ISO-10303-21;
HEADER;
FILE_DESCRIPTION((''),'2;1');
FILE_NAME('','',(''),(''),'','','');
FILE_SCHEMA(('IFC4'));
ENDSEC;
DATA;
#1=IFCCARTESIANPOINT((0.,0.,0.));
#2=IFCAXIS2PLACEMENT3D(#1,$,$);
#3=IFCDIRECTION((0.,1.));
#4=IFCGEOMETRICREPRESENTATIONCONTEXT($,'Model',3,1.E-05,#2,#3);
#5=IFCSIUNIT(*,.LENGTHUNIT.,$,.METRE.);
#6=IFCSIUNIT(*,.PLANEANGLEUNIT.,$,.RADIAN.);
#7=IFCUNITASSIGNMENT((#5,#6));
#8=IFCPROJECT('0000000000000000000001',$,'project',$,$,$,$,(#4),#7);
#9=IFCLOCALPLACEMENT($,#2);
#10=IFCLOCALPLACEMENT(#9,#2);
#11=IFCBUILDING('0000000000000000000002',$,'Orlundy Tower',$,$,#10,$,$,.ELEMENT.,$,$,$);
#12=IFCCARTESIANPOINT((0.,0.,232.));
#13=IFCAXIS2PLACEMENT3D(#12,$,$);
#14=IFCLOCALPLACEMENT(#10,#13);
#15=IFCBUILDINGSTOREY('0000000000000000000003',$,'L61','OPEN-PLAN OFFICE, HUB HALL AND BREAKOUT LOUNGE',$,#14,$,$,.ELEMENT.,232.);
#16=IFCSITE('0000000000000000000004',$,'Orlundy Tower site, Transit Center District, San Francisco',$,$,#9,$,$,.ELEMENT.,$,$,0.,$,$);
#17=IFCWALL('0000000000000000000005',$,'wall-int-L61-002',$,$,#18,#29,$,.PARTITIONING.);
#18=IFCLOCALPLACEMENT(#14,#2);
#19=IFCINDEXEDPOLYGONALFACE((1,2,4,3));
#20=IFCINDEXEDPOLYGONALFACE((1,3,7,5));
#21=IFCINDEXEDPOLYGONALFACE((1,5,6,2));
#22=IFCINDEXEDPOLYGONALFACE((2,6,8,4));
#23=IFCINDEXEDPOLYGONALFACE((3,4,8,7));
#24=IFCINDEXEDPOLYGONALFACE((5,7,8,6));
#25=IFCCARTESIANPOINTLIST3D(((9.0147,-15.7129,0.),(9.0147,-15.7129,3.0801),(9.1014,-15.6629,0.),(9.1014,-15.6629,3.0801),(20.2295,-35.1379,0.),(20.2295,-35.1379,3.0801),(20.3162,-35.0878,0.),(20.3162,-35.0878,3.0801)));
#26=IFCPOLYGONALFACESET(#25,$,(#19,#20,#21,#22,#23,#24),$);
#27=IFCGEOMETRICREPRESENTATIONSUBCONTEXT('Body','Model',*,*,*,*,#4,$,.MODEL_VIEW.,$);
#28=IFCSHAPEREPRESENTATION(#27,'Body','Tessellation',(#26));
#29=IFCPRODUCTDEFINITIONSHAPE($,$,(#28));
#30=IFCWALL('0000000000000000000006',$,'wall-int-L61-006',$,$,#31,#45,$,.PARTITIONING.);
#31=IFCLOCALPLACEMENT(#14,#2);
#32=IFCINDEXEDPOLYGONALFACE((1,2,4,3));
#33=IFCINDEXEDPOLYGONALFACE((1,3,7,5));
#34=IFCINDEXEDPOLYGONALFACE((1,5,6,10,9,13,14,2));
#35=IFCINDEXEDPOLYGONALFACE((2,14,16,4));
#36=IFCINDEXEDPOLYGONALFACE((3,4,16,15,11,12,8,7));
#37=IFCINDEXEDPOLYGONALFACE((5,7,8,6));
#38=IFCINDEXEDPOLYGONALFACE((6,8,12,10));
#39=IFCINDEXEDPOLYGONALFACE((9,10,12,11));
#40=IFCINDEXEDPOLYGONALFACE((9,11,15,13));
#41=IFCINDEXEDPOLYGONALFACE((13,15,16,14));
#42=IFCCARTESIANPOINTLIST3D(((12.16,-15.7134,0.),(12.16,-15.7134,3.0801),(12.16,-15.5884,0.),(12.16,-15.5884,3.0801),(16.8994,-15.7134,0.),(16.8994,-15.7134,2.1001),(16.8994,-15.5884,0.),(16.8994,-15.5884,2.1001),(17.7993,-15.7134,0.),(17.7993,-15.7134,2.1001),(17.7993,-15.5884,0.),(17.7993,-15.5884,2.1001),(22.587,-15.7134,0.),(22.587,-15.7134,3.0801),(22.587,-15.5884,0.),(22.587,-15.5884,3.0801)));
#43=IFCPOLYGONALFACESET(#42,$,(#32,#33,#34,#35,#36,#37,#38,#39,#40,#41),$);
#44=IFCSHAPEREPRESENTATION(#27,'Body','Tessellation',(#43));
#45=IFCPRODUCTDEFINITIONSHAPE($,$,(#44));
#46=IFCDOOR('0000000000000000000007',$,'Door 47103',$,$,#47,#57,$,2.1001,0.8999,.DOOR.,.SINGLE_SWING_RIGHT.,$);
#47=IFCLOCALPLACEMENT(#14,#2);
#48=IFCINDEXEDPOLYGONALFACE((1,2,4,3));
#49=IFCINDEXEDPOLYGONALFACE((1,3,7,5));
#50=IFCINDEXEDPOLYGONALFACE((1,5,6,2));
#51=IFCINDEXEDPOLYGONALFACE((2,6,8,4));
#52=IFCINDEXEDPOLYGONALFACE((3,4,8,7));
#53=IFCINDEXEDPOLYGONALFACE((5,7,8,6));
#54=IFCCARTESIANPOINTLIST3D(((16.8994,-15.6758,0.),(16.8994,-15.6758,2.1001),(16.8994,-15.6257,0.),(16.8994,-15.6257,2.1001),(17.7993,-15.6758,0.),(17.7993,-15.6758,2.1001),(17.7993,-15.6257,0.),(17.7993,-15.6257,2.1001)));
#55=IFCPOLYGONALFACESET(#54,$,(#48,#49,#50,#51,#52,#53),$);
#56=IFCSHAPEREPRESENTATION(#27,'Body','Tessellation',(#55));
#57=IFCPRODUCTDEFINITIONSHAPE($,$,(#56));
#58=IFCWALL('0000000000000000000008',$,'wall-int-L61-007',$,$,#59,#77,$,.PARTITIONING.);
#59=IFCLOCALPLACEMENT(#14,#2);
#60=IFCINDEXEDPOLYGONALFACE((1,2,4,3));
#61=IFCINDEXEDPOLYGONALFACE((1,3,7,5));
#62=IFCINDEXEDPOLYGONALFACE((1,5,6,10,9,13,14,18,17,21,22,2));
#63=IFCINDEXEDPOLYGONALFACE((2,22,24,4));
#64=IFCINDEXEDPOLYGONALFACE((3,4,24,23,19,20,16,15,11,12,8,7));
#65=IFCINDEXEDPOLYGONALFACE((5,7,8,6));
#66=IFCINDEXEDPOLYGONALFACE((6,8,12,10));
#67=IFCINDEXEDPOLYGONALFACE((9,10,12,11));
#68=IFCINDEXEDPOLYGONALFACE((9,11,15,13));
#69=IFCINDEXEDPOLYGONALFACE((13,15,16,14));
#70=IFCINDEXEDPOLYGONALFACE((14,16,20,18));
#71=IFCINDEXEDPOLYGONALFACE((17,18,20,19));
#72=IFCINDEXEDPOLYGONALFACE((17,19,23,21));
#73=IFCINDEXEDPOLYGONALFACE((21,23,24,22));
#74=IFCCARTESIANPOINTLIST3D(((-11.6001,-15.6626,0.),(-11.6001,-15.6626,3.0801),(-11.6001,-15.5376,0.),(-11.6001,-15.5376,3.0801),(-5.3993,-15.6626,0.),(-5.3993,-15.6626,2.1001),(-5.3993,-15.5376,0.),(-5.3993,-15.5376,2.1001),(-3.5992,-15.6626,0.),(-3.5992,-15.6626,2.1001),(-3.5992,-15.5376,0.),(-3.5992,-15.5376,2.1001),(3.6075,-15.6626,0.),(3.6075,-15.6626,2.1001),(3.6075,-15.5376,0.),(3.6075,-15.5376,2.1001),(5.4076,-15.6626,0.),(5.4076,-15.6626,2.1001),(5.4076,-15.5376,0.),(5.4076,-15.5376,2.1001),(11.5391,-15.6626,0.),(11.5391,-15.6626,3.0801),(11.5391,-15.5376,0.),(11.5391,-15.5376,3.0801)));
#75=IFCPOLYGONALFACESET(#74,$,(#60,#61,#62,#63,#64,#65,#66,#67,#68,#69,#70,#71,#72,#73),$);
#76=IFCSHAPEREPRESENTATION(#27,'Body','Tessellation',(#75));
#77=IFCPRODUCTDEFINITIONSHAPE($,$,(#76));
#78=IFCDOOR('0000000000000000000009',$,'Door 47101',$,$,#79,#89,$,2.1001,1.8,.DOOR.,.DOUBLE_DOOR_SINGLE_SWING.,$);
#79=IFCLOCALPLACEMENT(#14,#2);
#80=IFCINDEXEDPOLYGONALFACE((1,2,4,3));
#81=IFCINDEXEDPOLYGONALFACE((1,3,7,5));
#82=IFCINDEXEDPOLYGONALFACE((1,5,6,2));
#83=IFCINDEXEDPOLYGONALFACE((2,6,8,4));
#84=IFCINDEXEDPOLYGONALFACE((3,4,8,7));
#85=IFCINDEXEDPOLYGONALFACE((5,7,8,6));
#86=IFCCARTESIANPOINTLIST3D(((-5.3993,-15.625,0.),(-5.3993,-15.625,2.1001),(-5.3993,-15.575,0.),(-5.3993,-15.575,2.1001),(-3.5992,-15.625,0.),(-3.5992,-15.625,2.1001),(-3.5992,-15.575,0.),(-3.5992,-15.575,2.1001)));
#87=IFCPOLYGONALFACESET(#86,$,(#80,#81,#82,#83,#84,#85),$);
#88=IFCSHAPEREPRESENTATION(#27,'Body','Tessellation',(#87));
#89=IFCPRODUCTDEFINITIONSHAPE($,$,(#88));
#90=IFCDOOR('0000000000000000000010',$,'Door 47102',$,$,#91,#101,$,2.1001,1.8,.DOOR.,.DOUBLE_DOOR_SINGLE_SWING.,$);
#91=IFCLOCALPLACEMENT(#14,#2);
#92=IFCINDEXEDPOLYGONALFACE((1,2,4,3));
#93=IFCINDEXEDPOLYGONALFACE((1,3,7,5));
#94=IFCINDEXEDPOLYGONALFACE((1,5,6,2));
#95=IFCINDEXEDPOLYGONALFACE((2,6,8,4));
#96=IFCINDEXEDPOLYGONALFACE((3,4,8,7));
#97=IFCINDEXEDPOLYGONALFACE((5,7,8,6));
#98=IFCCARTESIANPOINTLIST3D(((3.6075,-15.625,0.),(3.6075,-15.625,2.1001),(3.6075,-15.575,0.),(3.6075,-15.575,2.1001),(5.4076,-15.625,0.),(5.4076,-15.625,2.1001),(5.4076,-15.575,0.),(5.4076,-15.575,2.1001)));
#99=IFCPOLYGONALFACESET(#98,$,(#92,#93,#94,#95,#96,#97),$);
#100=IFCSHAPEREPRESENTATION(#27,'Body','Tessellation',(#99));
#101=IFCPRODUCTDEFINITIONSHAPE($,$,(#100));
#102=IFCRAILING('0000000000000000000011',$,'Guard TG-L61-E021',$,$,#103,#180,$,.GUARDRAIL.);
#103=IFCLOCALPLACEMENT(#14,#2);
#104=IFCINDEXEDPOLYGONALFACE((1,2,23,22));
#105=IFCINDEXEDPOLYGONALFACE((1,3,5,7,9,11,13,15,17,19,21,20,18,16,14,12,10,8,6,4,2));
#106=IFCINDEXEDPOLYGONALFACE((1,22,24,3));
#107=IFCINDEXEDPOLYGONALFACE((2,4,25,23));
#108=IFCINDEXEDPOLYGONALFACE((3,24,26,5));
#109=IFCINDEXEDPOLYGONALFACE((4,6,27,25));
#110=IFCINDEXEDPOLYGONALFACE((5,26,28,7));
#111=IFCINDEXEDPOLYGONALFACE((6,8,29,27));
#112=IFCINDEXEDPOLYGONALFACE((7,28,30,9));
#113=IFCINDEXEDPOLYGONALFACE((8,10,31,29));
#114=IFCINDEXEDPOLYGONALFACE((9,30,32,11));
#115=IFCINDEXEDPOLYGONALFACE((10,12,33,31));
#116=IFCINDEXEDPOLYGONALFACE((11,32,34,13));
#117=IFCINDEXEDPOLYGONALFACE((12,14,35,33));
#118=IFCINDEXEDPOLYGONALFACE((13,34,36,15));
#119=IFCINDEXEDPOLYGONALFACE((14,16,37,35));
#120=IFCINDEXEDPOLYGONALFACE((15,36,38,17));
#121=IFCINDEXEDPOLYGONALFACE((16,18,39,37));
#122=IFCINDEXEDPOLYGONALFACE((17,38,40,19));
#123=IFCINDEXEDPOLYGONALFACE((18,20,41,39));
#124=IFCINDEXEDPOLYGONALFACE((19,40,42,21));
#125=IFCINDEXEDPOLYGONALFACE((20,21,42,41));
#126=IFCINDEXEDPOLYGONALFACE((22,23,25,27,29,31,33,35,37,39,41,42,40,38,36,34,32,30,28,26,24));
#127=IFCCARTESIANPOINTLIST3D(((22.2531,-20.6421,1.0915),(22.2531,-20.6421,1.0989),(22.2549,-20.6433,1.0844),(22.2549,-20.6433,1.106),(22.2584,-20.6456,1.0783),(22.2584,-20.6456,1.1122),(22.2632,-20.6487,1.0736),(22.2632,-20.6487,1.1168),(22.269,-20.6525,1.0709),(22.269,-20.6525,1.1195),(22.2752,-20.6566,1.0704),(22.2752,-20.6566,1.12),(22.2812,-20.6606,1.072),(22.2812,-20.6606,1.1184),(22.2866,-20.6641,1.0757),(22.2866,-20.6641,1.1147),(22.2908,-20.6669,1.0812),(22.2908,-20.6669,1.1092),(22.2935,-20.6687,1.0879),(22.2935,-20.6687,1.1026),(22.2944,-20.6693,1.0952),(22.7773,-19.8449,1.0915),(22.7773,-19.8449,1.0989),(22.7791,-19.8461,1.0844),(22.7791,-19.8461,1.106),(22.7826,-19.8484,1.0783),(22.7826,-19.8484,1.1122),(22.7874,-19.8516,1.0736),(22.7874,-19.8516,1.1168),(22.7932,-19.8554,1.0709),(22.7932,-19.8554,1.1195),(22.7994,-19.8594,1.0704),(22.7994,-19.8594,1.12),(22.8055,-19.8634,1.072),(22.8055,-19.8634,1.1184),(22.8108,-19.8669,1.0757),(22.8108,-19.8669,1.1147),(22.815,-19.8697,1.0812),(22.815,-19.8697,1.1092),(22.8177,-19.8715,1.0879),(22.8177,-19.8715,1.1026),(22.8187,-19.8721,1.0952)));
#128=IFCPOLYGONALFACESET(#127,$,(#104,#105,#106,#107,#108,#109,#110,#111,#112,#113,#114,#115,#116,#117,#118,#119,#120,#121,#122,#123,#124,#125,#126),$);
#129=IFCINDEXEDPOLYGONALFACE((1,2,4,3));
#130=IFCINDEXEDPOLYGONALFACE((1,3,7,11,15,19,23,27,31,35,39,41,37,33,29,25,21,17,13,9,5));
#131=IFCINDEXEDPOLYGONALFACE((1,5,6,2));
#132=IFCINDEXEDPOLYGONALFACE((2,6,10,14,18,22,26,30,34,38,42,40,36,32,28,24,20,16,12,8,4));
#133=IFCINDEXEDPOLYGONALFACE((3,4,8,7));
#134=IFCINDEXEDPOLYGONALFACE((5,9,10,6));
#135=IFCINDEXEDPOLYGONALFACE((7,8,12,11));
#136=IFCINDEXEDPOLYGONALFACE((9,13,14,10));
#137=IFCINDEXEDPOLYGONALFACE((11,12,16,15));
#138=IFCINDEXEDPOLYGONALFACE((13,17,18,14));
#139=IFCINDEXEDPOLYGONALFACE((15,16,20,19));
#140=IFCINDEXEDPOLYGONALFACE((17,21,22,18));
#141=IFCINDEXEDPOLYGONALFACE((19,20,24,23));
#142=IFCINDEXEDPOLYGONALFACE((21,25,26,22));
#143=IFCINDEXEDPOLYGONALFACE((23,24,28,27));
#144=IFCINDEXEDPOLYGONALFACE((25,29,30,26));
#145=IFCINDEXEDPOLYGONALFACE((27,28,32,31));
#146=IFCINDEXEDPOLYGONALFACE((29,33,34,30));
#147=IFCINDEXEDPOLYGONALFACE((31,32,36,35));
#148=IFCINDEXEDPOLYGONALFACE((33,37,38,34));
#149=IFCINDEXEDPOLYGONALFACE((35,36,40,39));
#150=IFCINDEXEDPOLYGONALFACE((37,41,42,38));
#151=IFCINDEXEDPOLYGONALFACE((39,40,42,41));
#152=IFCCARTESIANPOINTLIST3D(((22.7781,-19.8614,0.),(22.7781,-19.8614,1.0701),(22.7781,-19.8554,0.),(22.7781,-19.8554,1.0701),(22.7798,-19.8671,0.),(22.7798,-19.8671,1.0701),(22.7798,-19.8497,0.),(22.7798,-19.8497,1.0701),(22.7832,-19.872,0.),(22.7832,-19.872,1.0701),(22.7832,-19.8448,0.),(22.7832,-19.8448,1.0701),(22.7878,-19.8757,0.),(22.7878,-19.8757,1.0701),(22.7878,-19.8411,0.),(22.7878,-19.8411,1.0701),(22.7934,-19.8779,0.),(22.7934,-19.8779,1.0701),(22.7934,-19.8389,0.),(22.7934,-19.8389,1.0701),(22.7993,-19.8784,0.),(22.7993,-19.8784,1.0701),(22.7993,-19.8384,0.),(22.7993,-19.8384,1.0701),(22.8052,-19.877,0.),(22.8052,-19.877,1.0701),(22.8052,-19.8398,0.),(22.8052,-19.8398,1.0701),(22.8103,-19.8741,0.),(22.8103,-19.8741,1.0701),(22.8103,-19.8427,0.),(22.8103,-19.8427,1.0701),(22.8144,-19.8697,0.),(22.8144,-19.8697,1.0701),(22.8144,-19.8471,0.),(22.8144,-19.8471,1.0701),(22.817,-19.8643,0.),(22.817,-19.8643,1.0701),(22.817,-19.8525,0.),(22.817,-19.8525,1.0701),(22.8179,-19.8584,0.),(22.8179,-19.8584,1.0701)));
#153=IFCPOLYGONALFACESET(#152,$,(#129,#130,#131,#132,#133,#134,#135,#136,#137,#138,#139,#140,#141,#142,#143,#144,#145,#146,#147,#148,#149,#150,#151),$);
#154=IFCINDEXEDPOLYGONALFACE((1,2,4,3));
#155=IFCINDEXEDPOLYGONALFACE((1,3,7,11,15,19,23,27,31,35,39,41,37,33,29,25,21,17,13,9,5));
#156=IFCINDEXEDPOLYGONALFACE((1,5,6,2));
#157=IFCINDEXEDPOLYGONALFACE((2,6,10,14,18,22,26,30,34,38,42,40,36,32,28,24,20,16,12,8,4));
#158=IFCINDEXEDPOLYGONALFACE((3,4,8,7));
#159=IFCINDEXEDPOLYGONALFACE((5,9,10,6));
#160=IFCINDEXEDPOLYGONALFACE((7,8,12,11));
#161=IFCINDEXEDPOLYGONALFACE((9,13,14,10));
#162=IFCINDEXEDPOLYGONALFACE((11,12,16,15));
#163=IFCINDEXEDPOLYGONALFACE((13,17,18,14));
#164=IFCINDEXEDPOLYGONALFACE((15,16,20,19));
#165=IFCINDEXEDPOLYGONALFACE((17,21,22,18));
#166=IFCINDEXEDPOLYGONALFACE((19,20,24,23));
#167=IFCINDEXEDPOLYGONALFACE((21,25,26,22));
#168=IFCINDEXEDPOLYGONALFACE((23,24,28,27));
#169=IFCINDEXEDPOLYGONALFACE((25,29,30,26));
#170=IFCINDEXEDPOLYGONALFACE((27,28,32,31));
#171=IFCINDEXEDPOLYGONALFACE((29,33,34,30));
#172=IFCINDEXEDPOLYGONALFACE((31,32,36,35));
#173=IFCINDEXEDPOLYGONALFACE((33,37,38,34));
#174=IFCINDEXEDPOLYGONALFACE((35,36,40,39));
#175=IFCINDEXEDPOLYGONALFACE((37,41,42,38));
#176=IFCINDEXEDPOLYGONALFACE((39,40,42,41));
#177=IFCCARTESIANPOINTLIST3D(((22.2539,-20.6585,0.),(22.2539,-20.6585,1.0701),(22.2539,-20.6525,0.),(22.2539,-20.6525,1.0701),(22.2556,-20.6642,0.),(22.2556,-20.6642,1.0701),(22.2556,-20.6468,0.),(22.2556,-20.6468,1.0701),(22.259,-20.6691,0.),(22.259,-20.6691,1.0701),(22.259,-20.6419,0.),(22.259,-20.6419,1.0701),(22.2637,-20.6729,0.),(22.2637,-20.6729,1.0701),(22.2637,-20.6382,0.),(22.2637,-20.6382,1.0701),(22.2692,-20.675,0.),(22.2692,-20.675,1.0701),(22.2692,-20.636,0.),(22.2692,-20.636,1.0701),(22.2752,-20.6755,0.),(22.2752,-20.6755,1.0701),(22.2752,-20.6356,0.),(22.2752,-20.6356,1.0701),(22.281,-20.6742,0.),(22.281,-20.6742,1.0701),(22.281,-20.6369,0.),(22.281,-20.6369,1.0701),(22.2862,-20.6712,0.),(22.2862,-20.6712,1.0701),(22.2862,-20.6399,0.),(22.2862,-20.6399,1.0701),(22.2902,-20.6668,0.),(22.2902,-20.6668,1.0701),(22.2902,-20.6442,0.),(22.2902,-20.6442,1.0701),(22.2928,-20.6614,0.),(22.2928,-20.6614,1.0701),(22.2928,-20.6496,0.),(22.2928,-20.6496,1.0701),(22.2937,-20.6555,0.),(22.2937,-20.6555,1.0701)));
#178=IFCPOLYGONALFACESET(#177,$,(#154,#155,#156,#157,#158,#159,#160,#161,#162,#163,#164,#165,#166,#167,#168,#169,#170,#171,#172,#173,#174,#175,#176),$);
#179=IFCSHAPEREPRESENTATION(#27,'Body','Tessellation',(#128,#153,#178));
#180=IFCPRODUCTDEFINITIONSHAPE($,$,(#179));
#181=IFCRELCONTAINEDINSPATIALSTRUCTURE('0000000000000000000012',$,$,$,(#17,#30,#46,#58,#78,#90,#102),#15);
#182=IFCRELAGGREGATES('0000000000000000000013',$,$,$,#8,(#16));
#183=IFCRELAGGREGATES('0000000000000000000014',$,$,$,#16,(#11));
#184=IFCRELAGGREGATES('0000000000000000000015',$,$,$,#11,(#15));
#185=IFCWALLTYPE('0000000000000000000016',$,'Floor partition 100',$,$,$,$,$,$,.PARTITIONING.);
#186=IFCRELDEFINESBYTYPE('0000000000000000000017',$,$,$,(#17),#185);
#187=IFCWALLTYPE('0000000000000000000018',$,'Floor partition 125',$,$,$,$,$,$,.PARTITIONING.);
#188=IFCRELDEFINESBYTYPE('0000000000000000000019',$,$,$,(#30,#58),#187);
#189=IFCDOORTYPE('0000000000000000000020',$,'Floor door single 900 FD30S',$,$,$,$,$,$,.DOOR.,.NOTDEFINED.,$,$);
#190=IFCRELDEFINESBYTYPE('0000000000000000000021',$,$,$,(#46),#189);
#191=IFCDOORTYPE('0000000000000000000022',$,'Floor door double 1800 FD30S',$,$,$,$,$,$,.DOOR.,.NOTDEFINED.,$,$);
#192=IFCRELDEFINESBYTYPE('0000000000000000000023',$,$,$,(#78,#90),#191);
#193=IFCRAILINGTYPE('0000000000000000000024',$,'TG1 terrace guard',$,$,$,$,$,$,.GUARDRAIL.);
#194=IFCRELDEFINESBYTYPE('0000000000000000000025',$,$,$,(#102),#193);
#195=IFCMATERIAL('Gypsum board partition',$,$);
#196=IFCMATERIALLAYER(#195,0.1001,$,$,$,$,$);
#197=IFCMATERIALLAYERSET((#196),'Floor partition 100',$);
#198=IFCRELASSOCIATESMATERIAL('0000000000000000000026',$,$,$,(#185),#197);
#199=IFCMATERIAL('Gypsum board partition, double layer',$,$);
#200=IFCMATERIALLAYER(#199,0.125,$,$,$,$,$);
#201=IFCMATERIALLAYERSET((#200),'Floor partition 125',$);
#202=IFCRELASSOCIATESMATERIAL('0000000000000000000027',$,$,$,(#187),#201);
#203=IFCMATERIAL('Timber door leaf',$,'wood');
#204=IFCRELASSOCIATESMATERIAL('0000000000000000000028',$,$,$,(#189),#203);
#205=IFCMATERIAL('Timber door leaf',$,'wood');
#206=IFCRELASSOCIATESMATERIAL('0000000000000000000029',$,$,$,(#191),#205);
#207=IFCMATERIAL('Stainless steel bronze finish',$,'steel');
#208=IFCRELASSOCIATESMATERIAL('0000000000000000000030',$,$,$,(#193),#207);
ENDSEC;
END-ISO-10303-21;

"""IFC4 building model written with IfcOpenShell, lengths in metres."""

from ifc_helpers import new_model, si_unit, direction, frame, frame_2d, origin, origin_2d, place, context, subcontext, project, spatial, rectangle, circle, extrude, material, layer, layer_set, type_object, element, fill, save


model = new_model("IFC4")

# Units and contexts
model_context = context("Model", 3, precision=1e-05, world=origin(), true_north=direction((0.0, 1.0)))
body_context = subcontext(model_context, "Body", "Model", "MODEL_VIEW")
ifc_project = project(units=[si_unit("LENGTHUNIT", "METRE"), si_unit("PLANEANGLEUNIT", "RADIAN")], contexts=[model_context])

# Site, building, storey
site_placement = place(None, origin())
site = spatial("IfcSite", under=ifc_project, at=site_placement, Name="Orlundy Tower site, Transit Center District, San Francisco", CompositionType="ELEMENT", RefElevation=0.0)
building_placement = place(site_placement, origin())
building = spatial("IfcBuilding", under=site, at=building_placement, Name="Orlundy Tower", CompositionType="ELEMENT")
storey_placement = place(building_placement, frame((0.0, 0.0, 232.0)))
storey = spatial("IfcBuildingStorey", under=building, at=storey_placement, Name="L61", Description="OPEN-PLAN OFFICE, HUB HALL AND BREAKOUT LOUNGE", CompositionType="ELEMENT", Elevation=232.0)

# Wall
ifc_material_1 = material(Name="Gypsum board partition")
ifc_layer_1 = layer(ifc_material_1, 0.1001)
ifc_layer_set_1 = layer_set([ifc_layer_1], Name="Floor partition 100")
wall_type_1 = type_object("IfcWallType", Name="Floor partition 100", PredefinedType="PARTITIONING", material=ifc_layer_set_1)
wall_1_placement = place(storey_placement, frame((9.0581, -15.688, 0.0), z_axis=(0.0, 0.0, 1.0), x_axis=(0.499993, -0.86603, 0.0)))
element("IfcWall", 1, at=wall_1_placement, inside=storey, type_object=wall_type_1, Name="wall-int-L61-002", PredefinedType="PARTITIONING", context=body_context, shape_type="SweptSolid", body=[
    extrude(rectangle(XDim=22.4299, YDim=0.1001, at=frame_2d((11.2148, 0.0))), origin(), (0.0, 0.0, 1.0), 3.0801),
])

# Wall, opening, door
ifc_material_2 = material(Name="Gypsum board partition, double layer")
ifc_layer_2 = layer(ifc_material_2, 0.125)
ifc_layer_set_2 = layer_set([ifc_layer_2], Name="Floor partition 125")
wall_type_2 = type_object("IfcWallType", Name="Floor partition 125", PredefinedType="PARTITIONING", material=ifc_layer_set_2)
wall_2_placement = place(storey_placement, frame((22.5869, -15.6509, 0.0), z_axis=(0.0, 0.0, 1.0), x_axis=(-1.0, 0.0, 0.0)))
wall_2 = element("IfcWall", 2, at=wall_2_placement, inside=storey, type_object=wall_type_2, Name="wall-int-L61-006", PredefinedType="PARTITIONING", context=body_context, shape_type="SweptSolid", body=[
    extrude(rectangle(XDim=10.427, YDim=0.125, at=frame_2d((5.2134, 0.0))), origin(), (0.0, 0.0, 1.0), 3.0801),
])
opening_1_placement = place(wall_2_placement, frame((4.7876, 0.0, 0.0)))
opening_1 = element("IfcOpeningElement", 3, at=opening_1_placement, cuts=wall_2, PredefinedType="OPENING", context=body_context, shape_type="SweptSolid", body=[
    extrude(rectangle(XDim=0.8999, YDim=2.1001, at=frame_2d((0.45, 1.05))), frame((0.0, 0.0725, 0.0), z_axis=(0.0, -1.0, 0.0), x_axis=(1.0, 0.0, 0.0)), (0.0, 0.0, 1.0), 0.145),
])
ifc_material_3 = material(Name="Timber door leaf", Category="wood")
door_type_1 = type_object("IfcDoorType", Name="Floor door single 900 FD30S", OperationType="NOTDEFINED", PredefinedType="DOOR", material=ifc_material_3)
door_1_placement = place(opening_1_placement, origin())
door_1 = element("IfcDoor", 4, at=door_1_placement, inside=storey, type_object=door_type_1, Name="Door 47103", OperationType="SINGLE_SWING_RIGHT", OverallHeight=2.1001, OverallWidth=0.8999, PredefinedType="DOOR", context=body_context, shape_type="SweptSolid", body=[
    extrude(rectangle(XDim=0.8999, YDim=2.1001, at=frame_2d((0.45, 1.05))), frame((0.0, 0.0249, 0.0), z_axis=(0.0, -1.0, 0.0), x_axis=(1.0, 0.0, 0.0)), (0.0, 0.0, 1.0), 0.05),
])
fill(opening_1, door_1)

# Wall, openings, doors
wall_3_placement = place(storey_placement, frame((11.5391, -15.6001, 0.0), z_axis=(0.0, 0.0, 1.0), x_axis=(-1.0, 0.0, 0.0)))
wall_3 = element("IfcWall", 5, at=wall_3_placement, inside=storey, type_object=wall_type_2, Name="wall-int-L61-007", PredefinedType="PARTITIONING", context=body_context, shape_type="SweptSolid", body=[
    extrude(rectangle(XDim=23.1392, YDim=0.125, at=frame_2d((11.5696, 0.0))), origin(), (0.0, 0.0, 1.0), 3.0801),
])
opening_2_placement = place(wall_3_placement, frame((15.1384, 0.0, 0.0)))
opening_2 = element("IfcOpeningElement", 6, at=opening_2_placement, cuts=wall_3, PredefinedType="OPENING", context=body_context, shape_type="SweptSolid", body=[
    extrude(rectangle(XDim=1.8, YDim=2.1001, at=frame_2d((0.8999, 1.05))), frame((0.0, 0.0725, 0.0), z_axis=(0.0, -1.0, 0.0), x_axis=(1.0, 0.0, 0.0)), (0.0, 0.0, 1.0), 0.145),
])
opening_3_placement = place(wall_3_placement, frame((6.1316, 0.0, 0.0)))
opening_3 = element("IfcOpeningElement", 7, at=opening_3_placement, cuts=wall_3, PredefinedType="OPENING", context=body_context, shape_type="SweptSolid", body=[
    extrude(rectangle(XDim=1.8, YDim=2.1001, at=frame_2d((0.8999, 1.05))), frame((0.0, 0.0725, 0.0), z_axis=(0.0, -1.0, 0.0), x_axis=(1.0, 0.0, 0.0)), (0.0, 0.0, 1.0), 0.145),
])
ifc_material_4 = material(Name="Timber door leaf", Category="wood")
door_type_2 = type_object("IfcDoorType", Name="Floor door double 1800 FD30S", OperationType="NOTDEFINED", PredefinedType="DOOR", material=ifc_material_4)
door_2_placement = place(opening_2_placement, origin())
door_2 = element("IfcDoor", 8, at=door_2_placement, inside=storey, type_object=door_type_2, Name="Door 47101", OperationType="DOUBLE_DOOR_SINGLE_SWING", OverallHeight=2.1001, OverallWidth=1.8, PredefinedType="DOOR", context=body_context, shape_type="SweptSolid", body=[
    extrude(rectangle(XDim=1.8, YDim=2.1001, at=frame_2d((0.8999, 1.05))), frame((0.0, 0.0249, 0.0), z_axis=(0.0, -1.0, 0.0), x_axis=(1.0, 0.0, 0.0)), (0.0, 0.0, 1.0), 0.05),
])
fill(opening_2, door_2)
door_3_placement = place(opening_3_placement, origin())
door_3 = element("IfcDoor", 9, at=door_3_placement, inside=storey, type_object=door_type_2, Name="Door 47102", OperationType="DOUBLE_DOOR_SINGLE_SWING", OverallHeight=2.1001, OverallWidth=1.8, PredefinedType="DOOR", context=body_context, shape_type="SweptSolid", body=[
    extrude(rectangle(XDim=1.8, YDim=2.1001, at=frame_2d((0.8999, 1.05))), frame((0.0, 0.0249, 0.0), z_axis=(0.0, -1.0, 0.0), x_axis=(1.0, 0.0, 0.0)), (0.0, 0.0, 1.0), 0.05),
])
fill(opening_3, door_3)

# Railing
ifc_material_5 = material(Name="Stainless steel bronze finish", Category="steel")
railing_type = type_object("IfcRailingType", Name="TG1 terrace guard", PredefinedType="GUARDRAIL", material=ifc_material_5)
railing_1_placement = place(storey_placement, frame((22.7979, -19.8584, 0.0)))
element("IfcRailing", 10, at=railing_1_placement, inside=storey, type_object=railing_type, Name="Guard TG-L61-E021", PredefinedType="GUARDRAIL", context=body_context, shape_type="SweptSolid", body=[
    extrude(circle(Radius=0.0249, at=origin_2d()), frame((0.0, 0.0, 1.0952), z_axis=(-0.549433, -0.835538, 0.0), x_axis=(0.835538, -0.549433, 0.0)), (0.0, 0.0, 1.0), 0.9541),
    extrude(circle(Radius=0.02, at=origin_2d()), origin(), (0.0, 0.0, 1.0), 1.0701),
    extrude(circle(Radius=0.02, at=origin_2d()), frame((-0.5242, -0.7971, 0.0)), (0.0, 0.0, 1.0), 1.0701),
])

save(model, "model.ifc")
